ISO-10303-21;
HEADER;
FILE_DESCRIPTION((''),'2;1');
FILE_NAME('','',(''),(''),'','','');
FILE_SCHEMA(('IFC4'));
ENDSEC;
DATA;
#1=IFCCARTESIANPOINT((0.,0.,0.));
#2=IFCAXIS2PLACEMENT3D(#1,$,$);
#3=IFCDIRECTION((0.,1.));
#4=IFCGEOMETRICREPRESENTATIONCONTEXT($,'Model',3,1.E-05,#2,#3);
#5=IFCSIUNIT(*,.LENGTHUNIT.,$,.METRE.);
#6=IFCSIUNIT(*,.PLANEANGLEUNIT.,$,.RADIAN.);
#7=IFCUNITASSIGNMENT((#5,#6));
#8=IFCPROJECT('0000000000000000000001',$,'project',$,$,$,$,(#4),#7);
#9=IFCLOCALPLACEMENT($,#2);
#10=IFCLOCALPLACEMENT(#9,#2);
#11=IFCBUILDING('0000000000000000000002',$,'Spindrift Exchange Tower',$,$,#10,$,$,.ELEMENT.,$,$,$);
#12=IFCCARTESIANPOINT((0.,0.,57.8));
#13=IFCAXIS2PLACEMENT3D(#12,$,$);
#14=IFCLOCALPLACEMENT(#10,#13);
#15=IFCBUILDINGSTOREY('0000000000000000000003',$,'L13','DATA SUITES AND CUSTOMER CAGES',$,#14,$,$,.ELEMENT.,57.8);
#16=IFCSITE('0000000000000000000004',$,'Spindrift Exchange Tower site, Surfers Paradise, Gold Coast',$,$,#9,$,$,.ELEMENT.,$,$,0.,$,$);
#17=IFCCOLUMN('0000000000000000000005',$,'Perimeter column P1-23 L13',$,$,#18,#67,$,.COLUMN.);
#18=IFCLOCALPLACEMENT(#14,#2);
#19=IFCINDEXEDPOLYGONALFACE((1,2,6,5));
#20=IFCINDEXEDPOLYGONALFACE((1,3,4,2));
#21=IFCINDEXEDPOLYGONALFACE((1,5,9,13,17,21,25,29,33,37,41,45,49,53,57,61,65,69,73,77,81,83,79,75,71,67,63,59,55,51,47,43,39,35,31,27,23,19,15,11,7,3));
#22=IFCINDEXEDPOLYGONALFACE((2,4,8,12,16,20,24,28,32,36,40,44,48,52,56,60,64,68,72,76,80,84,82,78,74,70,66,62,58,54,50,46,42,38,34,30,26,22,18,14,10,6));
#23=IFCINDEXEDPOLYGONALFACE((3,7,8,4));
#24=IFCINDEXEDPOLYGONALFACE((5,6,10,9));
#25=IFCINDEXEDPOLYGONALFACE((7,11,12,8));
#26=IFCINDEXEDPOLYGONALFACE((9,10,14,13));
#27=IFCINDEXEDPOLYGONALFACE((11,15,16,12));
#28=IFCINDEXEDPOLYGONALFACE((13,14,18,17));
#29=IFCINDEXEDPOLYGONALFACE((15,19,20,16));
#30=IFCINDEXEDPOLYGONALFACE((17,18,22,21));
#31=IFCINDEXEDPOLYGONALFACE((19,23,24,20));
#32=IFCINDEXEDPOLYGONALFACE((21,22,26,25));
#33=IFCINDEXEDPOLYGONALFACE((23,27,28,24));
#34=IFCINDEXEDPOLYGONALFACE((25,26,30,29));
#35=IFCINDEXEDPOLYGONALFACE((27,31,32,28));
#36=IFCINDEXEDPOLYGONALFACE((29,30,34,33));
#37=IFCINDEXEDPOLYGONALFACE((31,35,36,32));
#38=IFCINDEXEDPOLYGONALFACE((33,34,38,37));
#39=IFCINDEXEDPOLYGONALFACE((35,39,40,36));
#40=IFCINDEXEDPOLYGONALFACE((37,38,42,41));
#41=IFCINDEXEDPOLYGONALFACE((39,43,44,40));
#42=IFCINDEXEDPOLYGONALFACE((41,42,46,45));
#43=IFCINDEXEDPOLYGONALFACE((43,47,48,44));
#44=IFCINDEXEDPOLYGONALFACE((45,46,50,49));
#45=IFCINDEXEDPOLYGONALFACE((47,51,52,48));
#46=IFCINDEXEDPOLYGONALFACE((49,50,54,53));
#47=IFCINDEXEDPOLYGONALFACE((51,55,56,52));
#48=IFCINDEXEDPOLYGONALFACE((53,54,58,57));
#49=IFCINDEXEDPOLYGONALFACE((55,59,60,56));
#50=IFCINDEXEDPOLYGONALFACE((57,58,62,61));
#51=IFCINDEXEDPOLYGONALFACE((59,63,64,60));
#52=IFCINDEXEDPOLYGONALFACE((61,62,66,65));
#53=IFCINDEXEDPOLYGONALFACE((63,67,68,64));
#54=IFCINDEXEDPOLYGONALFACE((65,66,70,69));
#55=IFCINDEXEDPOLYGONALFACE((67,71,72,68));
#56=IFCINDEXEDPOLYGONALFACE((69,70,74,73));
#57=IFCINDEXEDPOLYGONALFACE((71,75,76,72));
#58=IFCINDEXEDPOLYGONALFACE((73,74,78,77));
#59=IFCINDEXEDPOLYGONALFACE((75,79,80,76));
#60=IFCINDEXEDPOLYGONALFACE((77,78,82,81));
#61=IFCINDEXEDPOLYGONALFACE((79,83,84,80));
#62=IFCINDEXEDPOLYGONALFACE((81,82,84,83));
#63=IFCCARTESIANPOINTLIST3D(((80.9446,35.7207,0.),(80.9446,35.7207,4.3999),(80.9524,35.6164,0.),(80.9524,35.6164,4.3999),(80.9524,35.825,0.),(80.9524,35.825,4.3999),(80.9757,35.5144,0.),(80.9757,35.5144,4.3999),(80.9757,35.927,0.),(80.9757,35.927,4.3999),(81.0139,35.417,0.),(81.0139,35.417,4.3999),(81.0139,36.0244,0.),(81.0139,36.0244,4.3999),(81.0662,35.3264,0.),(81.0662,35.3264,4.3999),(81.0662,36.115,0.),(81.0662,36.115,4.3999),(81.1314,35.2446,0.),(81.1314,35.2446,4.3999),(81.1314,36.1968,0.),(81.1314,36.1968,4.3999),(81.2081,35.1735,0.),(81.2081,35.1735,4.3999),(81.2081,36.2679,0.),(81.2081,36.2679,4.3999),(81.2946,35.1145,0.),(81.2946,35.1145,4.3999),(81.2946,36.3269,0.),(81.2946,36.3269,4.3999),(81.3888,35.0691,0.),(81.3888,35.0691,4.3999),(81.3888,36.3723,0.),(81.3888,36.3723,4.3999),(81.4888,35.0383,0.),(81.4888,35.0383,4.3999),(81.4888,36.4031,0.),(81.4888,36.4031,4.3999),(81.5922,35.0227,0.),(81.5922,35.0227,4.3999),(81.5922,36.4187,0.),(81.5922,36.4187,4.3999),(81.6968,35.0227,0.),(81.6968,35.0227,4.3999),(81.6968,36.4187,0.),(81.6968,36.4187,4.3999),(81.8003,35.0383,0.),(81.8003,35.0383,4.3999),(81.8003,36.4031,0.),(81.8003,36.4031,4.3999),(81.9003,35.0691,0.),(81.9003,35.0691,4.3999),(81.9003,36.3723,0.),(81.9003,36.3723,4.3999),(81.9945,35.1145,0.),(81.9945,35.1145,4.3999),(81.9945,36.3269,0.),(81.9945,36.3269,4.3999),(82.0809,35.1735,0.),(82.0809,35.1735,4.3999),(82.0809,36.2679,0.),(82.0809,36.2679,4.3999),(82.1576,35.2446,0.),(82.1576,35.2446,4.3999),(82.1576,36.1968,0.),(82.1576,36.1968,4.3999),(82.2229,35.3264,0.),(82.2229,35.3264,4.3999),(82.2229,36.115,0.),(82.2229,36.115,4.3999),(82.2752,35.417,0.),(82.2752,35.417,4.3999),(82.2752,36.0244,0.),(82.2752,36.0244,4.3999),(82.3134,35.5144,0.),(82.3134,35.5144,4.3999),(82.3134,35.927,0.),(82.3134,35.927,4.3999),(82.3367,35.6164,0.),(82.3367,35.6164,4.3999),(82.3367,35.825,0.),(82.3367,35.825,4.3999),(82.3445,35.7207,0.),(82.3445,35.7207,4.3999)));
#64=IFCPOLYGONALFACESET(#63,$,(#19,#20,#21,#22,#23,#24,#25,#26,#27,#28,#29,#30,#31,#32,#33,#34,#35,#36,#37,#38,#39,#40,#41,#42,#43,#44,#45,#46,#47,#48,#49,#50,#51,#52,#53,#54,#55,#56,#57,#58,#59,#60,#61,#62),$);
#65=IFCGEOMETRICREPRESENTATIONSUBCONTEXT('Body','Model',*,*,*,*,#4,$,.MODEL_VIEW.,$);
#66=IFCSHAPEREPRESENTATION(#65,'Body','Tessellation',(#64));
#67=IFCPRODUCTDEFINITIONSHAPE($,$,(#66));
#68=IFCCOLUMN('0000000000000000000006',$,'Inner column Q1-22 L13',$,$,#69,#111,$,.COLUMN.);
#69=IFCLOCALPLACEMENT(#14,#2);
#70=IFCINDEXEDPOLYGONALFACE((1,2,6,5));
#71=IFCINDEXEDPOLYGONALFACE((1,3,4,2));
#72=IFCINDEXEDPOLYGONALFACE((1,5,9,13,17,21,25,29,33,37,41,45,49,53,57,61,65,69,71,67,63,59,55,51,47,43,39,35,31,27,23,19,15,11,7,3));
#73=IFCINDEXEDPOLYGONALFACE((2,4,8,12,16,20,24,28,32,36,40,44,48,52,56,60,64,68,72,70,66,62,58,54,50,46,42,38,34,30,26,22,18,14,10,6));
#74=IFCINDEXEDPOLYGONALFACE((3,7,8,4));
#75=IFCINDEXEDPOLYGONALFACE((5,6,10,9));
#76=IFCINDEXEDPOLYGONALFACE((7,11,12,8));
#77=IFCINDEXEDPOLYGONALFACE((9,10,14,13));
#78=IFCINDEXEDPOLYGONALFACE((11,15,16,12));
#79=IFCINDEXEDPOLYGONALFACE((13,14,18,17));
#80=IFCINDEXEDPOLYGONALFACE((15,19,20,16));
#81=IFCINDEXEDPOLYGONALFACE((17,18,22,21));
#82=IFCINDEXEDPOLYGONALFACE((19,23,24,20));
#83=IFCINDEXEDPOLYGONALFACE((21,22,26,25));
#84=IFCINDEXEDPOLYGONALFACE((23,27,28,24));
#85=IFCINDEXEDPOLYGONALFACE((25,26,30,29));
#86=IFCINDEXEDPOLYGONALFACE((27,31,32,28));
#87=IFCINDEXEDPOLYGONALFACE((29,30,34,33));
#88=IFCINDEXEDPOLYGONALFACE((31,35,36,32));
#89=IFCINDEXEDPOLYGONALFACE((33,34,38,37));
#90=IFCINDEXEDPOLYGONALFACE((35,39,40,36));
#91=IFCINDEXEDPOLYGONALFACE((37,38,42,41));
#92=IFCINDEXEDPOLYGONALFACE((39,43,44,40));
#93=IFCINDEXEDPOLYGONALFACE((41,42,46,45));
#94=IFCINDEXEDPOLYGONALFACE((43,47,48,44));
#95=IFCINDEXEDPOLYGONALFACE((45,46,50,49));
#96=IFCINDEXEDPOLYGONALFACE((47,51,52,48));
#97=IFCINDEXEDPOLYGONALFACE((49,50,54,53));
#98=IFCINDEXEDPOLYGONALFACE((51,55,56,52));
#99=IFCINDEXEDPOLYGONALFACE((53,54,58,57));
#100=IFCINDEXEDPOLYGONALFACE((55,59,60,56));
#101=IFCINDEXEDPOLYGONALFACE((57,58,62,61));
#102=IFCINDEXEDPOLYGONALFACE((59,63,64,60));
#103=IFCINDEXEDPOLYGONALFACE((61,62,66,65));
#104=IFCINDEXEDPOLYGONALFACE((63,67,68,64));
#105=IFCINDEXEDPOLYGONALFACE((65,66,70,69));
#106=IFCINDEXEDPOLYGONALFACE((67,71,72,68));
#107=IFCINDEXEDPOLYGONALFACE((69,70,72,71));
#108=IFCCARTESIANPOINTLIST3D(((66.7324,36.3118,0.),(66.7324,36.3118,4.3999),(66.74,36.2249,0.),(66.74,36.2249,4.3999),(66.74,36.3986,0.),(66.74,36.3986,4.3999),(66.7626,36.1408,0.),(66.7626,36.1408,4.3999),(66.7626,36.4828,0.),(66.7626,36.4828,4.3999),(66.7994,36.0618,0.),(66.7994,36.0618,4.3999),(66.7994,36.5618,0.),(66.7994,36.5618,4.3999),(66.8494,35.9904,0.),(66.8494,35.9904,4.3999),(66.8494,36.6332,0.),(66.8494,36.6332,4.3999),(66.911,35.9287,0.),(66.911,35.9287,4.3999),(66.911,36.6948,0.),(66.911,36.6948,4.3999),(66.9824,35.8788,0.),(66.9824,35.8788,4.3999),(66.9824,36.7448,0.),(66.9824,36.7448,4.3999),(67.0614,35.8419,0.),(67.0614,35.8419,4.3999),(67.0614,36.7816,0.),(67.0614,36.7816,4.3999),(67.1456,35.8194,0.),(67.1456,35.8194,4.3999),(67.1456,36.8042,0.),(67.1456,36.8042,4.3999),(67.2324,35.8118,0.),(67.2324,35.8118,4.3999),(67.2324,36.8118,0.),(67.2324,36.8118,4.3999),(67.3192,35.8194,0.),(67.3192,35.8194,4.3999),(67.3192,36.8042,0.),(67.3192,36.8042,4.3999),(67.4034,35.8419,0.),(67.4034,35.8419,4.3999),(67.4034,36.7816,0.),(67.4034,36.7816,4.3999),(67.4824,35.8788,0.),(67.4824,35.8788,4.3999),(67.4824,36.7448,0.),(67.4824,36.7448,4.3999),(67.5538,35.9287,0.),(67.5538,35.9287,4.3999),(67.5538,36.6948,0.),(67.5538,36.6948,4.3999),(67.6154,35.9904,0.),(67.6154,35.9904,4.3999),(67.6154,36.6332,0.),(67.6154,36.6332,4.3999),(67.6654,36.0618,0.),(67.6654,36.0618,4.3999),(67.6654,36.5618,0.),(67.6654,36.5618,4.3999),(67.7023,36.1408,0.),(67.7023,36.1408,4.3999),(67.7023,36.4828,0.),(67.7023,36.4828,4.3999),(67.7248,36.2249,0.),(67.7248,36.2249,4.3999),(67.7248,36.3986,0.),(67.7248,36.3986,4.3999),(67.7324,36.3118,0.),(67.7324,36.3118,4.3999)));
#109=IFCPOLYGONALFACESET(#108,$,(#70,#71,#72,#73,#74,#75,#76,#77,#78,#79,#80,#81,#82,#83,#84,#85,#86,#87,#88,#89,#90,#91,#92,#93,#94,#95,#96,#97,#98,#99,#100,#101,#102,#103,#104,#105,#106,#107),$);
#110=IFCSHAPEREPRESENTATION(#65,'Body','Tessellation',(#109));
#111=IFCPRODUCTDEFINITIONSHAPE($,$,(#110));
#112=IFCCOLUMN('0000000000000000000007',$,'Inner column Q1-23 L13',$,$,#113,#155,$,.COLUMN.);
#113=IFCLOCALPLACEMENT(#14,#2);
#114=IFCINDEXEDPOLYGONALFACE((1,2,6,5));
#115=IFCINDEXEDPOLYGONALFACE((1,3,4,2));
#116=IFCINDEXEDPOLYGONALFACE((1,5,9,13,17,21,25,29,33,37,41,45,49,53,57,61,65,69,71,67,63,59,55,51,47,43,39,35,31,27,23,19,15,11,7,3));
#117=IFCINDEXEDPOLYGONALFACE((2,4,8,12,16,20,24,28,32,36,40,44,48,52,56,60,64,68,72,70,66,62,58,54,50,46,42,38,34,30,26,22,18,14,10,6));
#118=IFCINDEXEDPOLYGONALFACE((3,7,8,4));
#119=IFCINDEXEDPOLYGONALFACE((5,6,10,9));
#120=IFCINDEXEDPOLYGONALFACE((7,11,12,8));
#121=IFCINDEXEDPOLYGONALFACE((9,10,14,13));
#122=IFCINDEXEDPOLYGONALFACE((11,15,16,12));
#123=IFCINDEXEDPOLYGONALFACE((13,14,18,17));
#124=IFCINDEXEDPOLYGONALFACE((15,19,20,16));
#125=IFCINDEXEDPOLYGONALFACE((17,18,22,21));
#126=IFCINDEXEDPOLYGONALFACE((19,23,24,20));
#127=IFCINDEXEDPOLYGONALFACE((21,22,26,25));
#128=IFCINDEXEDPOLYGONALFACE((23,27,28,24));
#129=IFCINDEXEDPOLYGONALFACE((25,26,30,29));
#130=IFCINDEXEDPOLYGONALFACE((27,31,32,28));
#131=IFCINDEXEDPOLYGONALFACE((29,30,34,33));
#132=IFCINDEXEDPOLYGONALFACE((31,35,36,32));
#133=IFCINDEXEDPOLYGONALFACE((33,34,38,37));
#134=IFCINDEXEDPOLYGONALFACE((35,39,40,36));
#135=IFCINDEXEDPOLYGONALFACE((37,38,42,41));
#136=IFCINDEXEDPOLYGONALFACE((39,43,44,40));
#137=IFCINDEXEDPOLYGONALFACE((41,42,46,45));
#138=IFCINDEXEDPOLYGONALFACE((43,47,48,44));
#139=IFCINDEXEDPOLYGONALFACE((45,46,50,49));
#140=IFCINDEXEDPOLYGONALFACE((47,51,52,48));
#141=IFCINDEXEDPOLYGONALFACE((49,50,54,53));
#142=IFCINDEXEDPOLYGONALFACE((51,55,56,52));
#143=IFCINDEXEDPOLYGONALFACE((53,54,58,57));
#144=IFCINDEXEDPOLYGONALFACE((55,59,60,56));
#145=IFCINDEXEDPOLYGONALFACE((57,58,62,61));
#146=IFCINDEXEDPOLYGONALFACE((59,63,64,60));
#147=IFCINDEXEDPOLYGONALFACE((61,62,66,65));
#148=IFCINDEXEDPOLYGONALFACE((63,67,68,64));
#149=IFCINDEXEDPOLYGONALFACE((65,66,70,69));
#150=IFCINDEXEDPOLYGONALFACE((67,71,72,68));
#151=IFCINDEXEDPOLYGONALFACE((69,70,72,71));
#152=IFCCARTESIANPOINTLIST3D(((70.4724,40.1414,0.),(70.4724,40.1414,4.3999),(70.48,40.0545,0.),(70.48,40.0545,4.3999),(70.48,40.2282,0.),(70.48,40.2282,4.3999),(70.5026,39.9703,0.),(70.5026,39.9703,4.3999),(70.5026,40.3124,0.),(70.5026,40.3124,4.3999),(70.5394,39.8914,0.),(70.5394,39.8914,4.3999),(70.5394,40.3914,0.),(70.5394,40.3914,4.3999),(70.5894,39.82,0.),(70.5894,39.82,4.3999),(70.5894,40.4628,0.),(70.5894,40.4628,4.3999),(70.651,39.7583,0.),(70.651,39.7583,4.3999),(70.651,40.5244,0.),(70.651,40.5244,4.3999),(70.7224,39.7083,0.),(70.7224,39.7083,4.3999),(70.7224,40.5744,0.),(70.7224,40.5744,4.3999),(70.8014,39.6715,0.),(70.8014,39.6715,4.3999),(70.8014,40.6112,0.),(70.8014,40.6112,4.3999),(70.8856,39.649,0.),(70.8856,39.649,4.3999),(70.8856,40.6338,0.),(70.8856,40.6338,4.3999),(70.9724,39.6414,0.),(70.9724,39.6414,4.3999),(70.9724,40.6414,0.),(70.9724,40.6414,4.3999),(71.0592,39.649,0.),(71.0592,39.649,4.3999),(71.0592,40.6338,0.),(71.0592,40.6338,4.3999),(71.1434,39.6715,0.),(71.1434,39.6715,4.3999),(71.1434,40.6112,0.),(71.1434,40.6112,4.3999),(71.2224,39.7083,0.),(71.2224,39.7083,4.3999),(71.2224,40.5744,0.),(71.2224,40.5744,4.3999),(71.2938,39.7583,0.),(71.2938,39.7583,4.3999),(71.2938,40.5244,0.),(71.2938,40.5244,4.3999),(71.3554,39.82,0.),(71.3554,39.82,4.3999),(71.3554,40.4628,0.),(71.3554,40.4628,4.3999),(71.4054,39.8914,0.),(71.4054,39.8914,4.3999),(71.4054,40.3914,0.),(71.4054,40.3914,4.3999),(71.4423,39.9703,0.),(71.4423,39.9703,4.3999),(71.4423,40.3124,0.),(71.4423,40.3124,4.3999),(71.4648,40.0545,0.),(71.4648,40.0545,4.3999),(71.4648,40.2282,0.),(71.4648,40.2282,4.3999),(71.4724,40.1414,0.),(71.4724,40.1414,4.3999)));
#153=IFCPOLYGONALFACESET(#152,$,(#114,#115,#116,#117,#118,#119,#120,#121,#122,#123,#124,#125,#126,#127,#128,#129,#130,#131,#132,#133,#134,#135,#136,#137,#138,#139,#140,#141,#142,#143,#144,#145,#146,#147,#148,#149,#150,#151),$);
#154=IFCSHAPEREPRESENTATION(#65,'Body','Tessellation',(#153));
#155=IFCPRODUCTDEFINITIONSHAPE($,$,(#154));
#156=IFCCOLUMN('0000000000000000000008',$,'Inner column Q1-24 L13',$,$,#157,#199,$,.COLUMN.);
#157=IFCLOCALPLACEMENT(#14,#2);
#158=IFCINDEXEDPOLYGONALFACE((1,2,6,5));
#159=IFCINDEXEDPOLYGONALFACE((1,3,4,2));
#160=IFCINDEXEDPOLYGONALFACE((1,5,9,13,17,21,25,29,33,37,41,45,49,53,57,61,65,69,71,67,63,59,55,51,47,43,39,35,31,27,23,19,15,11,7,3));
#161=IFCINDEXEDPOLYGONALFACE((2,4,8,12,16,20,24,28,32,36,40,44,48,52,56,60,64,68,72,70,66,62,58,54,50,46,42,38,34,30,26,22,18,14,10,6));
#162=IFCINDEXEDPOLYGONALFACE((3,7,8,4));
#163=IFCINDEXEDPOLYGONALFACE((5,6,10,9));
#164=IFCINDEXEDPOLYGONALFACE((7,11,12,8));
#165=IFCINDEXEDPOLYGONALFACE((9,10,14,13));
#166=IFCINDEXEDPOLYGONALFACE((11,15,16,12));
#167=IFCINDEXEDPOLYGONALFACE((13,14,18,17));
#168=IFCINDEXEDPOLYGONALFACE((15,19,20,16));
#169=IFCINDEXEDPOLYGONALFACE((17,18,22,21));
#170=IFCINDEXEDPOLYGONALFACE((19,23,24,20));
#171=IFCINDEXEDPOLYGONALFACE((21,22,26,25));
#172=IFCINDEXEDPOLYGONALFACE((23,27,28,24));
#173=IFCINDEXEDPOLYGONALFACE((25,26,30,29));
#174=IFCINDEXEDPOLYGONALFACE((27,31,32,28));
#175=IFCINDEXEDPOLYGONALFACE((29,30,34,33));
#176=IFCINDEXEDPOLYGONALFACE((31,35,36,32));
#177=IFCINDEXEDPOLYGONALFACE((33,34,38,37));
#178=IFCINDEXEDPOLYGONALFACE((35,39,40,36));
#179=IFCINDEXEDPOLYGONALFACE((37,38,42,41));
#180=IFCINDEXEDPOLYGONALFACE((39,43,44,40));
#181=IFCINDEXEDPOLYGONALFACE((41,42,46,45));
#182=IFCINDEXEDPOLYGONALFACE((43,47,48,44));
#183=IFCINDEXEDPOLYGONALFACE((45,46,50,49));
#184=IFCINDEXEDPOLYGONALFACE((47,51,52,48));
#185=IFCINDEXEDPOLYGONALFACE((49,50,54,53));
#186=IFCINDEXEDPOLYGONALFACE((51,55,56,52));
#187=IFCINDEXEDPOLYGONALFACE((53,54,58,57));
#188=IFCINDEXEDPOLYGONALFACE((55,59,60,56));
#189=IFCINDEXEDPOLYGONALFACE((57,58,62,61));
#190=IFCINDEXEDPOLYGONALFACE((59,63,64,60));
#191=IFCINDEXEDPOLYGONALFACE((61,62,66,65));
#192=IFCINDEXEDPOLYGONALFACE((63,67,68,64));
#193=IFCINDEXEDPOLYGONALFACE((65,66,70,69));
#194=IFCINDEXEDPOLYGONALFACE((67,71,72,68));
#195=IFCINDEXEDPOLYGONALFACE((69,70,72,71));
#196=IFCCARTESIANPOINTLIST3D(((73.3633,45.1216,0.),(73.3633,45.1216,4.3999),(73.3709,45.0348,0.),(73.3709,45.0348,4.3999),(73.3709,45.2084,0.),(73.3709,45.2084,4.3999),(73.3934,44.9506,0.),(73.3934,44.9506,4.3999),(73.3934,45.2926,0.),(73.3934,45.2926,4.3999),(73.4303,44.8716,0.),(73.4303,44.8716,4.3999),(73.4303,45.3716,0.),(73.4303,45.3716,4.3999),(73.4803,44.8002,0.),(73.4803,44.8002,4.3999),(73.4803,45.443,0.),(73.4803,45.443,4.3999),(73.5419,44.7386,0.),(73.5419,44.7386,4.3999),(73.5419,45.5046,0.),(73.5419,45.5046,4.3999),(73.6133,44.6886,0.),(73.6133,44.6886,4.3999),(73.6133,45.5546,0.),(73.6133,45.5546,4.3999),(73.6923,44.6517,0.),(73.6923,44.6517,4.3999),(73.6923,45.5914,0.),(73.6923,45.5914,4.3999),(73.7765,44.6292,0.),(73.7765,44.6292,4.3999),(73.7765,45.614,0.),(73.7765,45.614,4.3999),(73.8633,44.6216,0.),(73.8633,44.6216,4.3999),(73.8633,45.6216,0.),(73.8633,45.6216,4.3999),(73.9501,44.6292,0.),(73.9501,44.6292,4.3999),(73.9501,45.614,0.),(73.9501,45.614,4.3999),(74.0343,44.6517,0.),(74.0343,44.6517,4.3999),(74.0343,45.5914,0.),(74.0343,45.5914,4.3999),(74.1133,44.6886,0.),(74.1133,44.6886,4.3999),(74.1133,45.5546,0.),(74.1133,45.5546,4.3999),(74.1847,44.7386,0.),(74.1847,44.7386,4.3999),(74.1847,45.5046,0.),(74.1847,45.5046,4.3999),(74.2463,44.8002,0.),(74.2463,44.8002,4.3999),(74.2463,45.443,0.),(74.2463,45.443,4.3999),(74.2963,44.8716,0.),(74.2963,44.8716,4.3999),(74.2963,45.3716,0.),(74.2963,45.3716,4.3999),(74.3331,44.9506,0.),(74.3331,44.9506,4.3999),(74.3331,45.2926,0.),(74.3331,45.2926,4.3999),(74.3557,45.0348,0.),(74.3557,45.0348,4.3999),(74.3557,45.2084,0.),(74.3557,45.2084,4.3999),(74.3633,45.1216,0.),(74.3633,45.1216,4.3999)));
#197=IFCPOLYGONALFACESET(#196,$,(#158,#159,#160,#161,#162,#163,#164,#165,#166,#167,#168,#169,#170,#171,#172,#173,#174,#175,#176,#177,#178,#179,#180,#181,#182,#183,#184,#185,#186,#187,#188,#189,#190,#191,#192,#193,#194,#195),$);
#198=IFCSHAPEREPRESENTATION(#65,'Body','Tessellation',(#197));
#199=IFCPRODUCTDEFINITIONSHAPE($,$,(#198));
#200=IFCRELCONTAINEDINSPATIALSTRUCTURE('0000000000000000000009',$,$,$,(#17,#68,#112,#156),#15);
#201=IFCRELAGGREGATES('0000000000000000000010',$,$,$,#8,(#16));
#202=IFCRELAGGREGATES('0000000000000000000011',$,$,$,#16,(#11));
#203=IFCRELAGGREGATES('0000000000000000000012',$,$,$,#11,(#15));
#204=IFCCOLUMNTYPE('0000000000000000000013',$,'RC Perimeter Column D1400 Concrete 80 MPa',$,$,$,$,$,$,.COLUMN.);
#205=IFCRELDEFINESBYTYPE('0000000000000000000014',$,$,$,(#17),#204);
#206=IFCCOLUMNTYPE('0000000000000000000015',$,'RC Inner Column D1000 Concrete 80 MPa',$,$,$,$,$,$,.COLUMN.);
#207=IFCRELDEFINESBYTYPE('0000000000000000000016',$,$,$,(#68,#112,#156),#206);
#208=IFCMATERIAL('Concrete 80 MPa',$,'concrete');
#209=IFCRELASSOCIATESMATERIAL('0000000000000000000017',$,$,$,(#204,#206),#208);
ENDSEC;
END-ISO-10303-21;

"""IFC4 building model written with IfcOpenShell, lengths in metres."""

from ifc_helpers import new_model, si_unit, direction, frame, origin, origin_2d, place, context, subcontext, project, spatial, circle, extrude, source, transform, mapped, material, material_profile, profile_set, type_object, element, save


model = new_model("IFC4")

# Units and contexts
model_context = context("Model", 3, precision=1e-05, world=origin(), true_north=direction((0.0, 1.0)))
body_context = subcontext(model_context, "Body", "Model", "MODEL_VIEW")
ifc_project = project(units=[si_unit("LENGTHUNIT", "METRE"), si_unit("PLANEANGLEUNIT", "RADIAN")], contexts=[model_context])

# Site, building, storey
site_placement = place(None, origin())
site = spatial("IfcSite", under=ifc_project, at=site_placement, Name="Spindrift Exchange Tower site, Surfers Paradise, Gold Coast", CompositionType="ELEMENT", RefElevation=0.0)
building_placement = place(site_placement, origin())
building = spatial("IfcBuilding", under=site, at=building_placement, Name="Spindrift Exchange Tower", CompositionType="ELEMENT")
storey_placement = place(building_placement, frame((0.0, 0.0, 57.8)))
storey = spatial("IfcBuildingStorey", under=building, at=storey_placement, Name="L13", Description="DATA SUITES AND CUSTOMER CAGES", CompositionType="ELEMENT", Elevation=57.8)

# Columns
ifc_material_1 = material(Name="Concrete 80 MPa", Category="concrete")
ifc_material_profile_1 = material_profile(ifc_material_1, circle(Radius=0.7, at=origin_2d()), Name="RC D1400")
ifc_profile_set_1 = profile_set([ifc_material_profile_1], Name="Concrete 80 MPa")
column_type_1 = type_object("IfcColumnType", Name="RC Perimeter Column D1400 Concrete 80 MPa", PredefinedType="COLUMN", material=ifc_profile_set_1)
shared_shape_1 = source(origin(), body_context, "Body", "SweptSolid", [
    extrude(circle(Radius=0.7, at=origin_2d()), origin(), (0.0, 0.0, 1.0), 4.3999),
])
column_placement = place(storey_placement, frame((81.6445, 35.7207, 0.0), z_axis=(0.0, 0.0, 1.0), x_axis=(1.0, 0.0, 0.0)))
element("IfcColumn", 1, at=column_placement, inside=storey, type_object=column_type_1, Name="Perimeter column P1-23 L13", PredefinedType="COLUMN", context=body_context, shape_type="MappedRepresentation", body=[
    mapped(shared_shape_1, transform((0.0, 0.0, 0.0), scale=1.0)),
])
ifc_material_profile_2 = material_profile(ifc_material_1, circle(Radius=0.5, at=origin_2d()), Name="RC D1000")
ifc_profile_set_2 = profile_set([ifc_material_profile_2], Name="Concrete 80 MPa")
column_type_2 = type_object("IfcColumnType", Name="RC Inner Column D1000 Concrete 80 MPa", PredefinedType="COLUMN", material=ifc_profile_set_2)
shared_shape_2 = source(origin(), body_context, "Body", "SweptSolid", [
    extrude(circle(Radius=0.5, at=origin_2d()), origin(), (0.0, 0.0, 1.0), 4.3999),
])
for number, where, z_axis, x_axis, name in (
    (2, (67.2324, 36.3118, 0.0), (0.0, 0.0, 1.0), (1.0, 0.0, 0.0), "Inner column Q1-22 L13"),
    (3, (70.9724, 40.1414, 0.0), (0.0, 0.0, 1.0), (1.0, 0.0, 0.0), "Inner column Q1-23 L13"),
    (4, (73.8633, 45.1216, 0.0), (0.0, 0.0, 1.0), (1.0, 0.0, 0.0), "Inner column Q1-24 L13"),
):
    element("IfcColumn", number, at=place(storey_placement, frame(where, z_axis=z_axis, x_axis=x_axis)), inside=storey, type_object=column_type_2, Name=name, PredefinedType="COLUMN", context=body_context, shape_type="MappedRepresentation", body=[
        mapped(shared_shape_2, transform((0.0, 0.0, 0.0), scale=1.0)),
    ])

save(model, "model.ifc")
